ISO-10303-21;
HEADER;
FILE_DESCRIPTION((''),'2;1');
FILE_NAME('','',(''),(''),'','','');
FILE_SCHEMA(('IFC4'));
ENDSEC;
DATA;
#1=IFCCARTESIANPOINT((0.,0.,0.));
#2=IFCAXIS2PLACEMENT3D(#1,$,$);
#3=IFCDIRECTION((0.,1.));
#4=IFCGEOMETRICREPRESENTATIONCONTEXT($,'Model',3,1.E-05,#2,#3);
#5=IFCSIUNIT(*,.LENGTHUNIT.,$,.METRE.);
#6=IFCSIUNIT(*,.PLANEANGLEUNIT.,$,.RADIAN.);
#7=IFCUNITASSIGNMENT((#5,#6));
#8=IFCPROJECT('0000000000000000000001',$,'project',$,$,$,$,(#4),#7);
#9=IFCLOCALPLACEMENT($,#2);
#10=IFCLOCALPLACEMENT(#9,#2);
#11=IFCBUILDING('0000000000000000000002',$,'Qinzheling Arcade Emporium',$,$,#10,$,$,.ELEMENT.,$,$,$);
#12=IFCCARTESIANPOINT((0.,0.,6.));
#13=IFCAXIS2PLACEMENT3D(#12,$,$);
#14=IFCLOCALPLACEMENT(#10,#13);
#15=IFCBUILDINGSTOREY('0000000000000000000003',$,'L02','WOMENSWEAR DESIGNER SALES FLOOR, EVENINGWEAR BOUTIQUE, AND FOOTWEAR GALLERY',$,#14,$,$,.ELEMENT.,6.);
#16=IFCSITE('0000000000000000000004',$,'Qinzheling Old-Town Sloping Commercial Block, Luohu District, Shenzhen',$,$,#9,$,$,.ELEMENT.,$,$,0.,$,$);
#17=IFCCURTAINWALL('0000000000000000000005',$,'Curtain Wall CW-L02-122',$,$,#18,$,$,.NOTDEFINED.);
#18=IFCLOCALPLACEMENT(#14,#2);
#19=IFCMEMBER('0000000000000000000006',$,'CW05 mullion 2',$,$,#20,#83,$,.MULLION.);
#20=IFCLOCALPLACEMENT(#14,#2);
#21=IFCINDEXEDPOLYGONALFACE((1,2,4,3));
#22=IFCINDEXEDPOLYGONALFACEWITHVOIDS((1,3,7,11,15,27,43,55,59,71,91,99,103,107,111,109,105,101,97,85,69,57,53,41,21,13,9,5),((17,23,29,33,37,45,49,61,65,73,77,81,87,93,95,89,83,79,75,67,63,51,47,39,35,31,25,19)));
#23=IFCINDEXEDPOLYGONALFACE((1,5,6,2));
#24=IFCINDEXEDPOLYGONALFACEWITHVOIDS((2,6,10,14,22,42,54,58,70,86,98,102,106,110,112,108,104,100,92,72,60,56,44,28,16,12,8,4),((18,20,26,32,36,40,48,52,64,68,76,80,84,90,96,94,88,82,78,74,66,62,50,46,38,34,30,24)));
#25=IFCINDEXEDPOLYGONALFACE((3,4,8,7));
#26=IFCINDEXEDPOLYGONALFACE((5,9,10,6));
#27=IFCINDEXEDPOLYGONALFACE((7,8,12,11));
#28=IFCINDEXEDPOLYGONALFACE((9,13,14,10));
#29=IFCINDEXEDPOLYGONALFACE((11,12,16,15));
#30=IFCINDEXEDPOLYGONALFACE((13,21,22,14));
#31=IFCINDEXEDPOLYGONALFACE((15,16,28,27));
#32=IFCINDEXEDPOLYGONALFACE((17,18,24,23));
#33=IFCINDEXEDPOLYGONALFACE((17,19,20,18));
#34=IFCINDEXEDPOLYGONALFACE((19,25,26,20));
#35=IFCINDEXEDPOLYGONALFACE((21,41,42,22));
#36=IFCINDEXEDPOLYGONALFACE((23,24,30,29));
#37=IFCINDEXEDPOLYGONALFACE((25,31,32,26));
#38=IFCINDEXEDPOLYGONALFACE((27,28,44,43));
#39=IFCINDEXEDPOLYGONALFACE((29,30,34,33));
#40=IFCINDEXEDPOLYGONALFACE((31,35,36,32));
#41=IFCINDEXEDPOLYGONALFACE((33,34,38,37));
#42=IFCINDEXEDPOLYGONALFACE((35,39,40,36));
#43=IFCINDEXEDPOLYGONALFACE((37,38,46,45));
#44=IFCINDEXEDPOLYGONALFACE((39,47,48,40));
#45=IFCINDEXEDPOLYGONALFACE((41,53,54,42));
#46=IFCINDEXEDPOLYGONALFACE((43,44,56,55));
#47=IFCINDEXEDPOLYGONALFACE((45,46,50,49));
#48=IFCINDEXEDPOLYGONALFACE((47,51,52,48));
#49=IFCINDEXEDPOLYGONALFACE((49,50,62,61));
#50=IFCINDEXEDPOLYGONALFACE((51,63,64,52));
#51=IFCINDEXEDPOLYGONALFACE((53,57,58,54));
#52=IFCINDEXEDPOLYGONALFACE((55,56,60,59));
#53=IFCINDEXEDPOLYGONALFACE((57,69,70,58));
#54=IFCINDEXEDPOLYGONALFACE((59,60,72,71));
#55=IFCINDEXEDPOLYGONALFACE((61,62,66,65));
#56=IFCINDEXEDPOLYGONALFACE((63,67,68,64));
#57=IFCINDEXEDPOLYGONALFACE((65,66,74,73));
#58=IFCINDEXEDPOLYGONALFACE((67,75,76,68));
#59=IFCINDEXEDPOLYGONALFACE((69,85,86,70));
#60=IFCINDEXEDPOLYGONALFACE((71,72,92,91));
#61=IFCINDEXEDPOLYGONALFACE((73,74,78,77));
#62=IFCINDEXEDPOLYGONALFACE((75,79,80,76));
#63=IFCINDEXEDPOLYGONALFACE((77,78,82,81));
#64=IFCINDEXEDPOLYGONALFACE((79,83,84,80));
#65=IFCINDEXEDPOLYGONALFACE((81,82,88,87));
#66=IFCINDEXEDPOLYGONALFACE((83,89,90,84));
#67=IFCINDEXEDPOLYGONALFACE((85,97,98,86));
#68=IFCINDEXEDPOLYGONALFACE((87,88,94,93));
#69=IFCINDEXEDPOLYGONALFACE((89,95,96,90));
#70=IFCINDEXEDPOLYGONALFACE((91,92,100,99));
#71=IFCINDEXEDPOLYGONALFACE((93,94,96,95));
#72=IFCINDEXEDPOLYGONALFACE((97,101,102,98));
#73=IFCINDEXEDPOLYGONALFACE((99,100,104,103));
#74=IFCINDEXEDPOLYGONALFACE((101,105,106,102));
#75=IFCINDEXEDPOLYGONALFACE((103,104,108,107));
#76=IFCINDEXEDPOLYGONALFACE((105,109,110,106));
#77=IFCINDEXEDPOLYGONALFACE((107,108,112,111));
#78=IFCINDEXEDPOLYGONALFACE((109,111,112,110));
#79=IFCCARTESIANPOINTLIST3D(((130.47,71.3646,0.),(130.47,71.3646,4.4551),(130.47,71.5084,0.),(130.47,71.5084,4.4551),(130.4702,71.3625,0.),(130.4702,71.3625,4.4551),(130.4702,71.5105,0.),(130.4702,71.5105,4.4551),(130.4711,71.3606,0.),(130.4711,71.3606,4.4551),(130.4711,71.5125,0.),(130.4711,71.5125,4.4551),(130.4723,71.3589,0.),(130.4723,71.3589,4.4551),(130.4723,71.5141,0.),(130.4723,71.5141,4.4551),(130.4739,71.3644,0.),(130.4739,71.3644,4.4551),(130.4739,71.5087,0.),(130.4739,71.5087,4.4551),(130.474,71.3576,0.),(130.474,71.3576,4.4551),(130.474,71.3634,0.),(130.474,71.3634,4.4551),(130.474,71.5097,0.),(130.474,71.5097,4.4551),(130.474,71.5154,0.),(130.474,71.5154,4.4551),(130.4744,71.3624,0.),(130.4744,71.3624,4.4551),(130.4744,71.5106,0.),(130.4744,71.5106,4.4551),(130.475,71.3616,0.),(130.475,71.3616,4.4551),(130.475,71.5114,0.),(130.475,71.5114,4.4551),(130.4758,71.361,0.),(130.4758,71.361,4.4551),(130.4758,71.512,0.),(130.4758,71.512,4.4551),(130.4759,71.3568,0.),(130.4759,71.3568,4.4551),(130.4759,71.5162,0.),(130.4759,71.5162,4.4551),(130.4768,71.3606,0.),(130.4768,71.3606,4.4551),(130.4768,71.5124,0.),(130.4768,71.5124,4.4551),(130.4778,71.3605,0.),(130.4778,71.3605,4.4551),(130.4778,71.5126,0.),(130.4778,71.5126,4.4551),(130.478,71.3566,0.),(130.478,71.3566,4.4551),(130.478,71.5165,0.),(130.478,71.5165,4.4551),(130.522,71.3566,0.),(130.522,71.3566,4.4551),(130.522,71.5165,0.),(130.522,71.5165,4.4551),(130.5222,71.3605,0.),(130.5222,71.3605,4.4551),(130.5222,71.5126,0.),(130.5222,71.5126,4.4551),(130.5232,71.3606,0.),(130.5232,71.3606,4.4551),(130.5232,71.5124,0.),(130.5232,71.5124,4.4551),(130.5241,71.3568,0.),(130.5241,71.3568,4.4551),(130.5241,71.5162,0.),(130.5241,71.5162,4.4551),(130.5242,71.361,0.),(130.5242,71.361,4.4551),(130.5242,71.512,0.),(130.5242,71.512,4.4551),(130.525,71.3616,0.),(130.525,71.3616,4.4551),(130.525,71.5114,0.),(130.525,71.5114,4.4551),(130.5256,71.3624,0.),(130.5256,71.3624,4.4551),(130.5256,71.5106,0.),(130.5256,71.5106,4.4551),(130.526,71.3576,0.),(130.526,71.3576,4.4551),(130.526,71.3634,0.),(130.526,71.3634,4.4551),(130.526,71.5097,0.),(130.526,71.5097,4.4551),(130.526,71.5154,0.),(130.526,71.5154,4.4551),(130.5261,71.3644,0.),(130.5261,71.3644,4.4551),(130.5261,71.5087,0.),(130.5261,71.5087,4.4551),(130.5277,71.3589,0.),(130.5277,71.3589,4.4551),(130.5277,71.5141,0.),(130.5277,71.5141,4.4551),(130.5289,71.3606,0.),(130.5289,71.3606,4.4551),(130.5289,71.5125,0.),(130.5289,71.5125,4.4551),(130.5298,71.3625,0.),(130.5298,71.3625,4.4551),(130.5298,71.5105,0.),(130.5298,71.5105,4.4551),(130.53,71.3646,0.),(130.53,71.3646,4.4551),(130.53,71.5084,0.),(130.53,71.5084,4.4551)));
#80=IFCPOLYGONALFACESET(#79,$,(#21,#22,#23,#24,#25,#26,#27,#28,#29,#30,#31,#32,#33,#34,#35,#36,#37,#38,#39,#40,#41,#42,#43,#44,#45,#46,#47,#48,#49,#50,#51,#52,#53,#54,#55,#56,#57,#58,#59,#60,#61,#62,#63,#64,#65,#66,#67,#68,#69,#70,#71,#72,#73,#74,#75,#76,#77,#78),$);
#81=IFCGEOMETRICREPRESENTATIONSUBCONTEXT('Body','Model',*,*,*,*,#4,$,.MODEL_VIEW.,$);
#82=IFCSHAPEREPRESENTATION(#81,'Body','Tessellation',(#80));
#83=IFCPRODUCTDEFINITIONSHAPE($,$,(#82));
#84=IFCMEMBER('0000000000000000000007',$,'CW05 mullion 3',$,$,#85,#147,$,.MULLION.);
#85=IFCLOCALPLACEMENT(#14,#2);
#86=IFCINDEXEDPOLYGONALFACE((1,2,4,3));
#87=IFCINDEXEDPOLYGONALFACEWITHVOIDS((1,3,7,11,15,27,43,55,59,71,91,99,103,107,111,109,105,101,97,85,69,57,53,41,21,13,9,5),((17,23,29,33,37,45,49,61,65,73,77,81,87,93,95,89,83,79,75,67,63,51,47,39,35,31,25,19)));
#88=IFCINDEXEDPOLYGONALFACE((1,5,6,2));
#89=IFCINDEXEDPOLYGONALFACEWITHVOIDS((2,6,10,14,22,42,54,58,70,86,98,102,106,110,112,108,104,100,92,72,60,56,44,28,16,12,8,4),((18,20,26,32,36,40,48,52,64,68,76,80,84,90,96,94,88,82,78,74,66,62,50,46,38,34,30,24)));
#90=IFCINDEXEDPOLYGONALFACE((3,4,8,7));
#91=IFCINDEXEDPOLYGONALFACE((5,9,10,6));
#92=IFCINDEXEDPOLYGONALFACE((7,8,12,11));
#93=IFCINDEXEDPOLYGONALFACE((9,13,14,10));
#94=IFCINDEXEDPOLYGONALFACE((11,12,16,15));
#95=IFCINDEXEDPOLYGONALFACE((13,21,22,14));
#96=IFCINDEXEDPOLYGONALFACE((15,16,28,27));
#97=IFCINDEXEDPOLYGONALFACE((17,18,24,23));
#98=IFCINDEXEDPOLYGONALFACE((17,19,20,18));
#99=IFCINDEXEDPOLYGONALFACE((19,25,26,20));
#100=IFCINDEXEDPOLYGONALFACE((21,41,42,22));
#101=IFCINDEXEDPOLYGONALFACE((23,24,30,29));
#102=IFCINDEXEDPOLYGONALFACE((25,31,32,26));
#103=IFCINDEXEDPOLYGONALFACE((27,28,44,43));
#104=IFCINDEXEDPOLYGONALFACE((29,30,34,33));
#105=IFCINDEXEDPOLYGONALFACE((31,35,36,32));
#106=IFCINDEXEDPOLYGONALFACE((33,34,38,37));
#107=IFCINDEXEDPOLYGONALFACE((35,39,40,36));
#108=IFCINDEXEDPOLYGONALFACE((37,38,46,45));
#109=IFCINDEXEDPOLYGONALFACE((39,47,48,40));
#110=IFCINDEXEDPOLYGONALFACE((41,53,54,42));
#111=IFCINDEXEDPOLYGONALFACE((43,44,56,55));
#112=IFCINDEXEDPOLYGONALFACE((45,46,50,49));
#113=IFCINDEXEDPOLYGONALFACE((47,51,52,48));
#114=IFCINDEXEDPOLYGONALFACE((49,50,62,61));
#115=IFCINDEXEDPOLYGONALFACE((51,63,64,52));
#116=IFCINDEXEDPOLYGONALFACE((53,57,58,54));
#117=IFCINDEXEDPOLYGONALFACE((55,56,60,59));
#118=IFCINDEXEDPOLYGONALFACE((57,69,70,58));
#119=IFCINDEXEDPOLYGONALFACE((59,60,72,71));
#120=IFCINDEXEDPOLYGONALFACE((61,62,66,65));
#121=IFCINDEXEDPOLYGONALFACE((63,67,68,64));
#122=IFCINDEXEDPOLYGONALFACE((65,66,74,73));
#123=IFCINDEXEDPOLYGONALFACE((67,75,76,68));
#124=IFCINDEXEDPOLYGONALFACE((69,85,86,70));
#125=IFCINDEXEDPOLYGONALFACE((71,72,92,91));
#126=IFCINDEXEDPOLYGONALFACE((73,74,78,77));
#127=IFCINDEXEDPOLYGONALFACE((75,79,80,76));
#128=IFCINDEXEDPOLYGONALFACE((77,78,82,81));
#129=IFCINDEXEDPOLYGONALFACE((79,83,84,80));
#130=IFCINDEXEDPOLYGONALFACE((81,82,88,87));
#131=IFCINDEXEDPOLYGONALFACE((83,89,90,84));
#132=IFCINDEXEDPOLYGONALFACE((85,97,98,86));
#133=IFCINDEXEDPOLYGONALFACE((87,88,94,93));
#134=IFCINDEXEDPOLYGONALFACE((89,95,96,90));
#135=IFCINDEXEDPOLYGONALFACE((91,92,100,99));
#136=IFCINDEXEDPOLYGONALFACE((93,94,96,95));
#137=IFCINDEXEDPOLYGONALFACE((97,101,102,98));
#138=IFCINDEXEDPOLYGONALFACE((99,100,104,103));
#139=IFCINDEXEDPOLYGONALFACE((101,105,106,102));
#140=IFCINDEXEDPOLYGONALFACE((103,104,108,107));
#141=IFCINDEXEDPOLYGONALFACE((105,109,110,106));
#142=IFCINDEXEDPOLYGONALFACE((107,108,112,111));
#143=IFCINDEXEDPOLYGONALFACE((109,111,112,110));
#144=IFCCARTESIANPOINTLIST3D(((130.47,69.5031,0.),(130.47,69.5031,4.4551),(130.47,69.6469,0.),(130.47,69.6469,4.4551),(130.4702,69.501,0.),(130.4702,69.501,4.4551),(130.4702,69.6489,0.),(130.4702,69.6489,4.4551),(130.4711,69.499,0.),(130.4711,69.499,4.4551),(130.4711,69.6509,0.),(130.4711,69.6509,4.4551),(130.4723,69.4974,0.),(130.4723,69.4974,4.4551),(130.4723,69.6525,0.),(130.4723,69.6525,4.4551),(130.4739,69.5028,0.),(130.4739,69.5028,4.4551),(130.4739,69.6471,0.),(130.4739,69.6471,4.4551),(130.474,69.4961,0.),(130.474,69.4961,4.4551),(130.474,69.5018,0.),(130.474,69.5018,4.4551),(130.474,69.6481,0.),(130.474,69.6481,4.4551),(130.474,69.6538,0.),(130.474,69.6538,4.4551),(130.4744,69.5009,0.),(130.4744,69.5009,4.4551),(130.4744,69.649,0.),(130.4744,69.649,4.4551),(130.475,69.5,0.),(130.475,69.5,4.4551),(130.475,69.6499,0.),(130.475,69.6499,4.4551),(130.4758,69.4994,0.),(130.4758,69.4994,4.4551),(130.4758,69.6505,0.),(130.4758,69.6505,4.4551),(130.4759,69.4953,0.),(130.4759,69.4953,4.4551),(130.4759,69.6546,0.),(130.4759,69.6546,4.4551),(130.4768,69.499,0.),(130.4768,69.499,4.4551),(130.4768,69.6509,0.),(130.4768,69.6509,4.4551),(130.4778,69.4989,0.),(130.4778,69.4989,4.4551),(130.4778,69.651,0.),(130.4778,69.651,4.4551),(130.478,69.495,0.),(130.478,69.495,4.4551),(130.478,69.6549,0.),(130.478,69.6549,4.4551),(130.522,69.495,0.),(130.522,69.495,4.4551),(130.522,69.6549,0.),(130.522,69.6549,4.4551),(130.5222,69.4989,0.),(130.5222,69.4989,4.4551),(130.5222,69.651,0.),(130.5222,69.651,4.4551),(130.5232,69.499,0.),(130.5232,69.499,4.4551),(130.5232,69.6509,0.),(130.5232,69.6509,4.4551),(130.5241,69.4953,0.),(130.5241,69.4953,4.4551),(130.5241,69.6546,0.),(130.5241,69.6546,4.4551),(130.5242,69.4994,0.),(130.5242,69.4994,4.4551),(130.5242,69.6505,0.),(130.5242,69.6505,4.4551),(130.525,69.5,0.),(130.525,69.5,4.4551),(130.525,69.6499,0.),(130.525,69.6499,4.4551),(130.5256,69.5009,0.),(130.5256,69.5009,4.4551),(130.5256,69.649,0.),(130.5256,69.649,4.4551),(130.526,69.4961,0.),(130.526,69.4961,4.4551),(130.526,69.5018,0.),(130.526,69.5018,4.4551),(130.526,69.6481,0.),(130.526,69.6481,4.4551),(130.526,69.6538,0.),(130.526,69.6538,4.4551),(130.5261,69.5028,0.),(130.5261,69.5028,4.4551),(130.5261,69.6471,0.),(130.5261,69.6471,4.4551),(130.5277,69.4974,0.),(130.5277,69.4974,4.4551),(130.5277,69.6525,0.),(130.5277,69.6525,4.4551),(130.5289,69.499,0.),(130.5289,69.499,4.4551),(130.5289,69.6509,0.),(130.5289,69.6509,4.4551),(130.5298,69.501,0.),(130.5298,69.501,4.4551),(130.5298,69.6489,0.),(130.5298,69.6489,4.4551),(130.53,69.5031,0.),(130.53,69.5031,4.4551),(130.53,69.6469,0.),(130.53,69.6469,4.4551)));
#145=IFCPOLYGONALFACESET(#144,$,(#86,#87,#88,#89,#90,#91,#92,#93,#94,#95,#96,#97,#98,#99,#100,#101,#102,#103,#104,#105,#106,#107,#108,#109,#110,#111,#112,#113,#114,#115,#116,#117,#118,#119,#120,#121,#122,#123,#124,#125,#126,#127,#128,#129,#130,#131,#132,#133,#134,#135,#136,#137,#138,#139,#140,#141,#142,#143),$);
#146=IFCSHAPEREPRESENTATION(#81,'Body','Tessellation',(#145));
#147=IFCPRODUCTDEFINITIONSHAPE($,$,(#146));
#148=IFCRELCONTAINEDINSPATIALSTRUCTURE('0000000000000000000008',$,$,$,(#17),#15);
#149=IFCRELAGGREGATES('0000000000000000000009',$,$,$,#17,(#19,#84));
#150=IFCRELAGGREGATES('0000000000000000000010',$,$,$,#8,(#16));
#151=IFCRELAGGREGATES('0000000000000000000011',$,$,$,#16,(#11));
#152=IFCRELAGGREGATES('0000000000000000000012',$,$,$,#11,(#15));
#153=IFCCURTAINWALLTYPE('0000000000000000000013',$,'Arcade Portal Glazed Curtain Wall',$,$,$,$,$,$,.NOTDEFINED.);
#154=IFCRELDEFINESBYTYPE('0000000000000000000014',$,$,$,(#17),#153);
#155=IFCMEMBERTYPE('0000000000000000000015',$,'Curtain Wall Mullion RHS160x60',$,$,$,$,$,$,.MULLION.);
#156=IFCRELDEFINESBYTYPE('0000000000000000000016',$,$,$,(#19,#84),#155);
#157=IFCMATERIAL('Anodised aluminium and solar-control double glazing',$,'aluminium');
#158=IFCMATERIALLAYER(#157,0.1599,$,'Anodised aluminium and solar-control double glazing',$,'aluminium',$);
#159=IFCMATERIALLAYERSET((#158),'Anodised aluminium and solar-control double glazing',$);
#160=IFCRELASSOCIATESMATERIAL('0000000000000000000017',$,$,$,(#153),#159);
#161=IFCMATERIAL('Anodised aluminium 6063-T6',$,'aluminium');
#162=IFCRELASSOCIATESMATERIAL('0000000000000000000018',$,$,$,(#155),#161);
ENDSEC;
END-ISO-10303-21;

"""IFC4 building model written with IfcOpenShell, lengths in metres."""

from ifc_helpers import new_model, si_unit, direction, frame, origin, origin_2d, place, context, subcontext, project, spatial, hollow_rectangle, extrude, material, layer, layer_set, material_profile, profile_set, type_object, element, aggregate, save


model = new_model("IFC4")

# Units and contexts
model_context = context("Model", 3, precision=1e-05, world=origin(), true_north=direction((0.0, 1.0)))
body_context = subcontext(model_context, "Body", "Model", "MODEL_VIEW")
ifc_project = project(units=[si_unit("LENGTHUNIT", "METRE"), si_unit("PLANEANGLEUNIT", "RADIAN")], contexts=[model_context])

# Site, building, storey
site_placement = place(None, origin())
site = spatial("IfcSite", under=ifc_project, at=site_placement, Name="Qinzheling Old-Town Sloping Commercial Block, Luohu District, Shenzhen", CompositionType="ELEMENT", RefElevation=0.0)
building_placement = place(site_placement, origin())
building = spatial("IfcBuilding", under=site, at=building_placement, Name="Qinzheling Arcade Emporium", CompositionType="ELEMENT")
storey_placement = place(building_placement, frame((0.0, 0.0, 6.0)))
storey = spatial("IfcBuildingStorey", under=building, at=storey_placement, Name="L02", Description="WOMENSWEAR DESIGNER SALES FLOOR, EVENINGWEAR BOUTIQUE, AND FOOTWEAR GALLERY", CompositionType="ELEMENT", Elevation=6.0)

# Curtain wall, members
ifc_material_1 = material(Name="Anodised aluminium and solar-control double glazing", Category="aluminium")
ifc_layer_1 = layer(ifc_material_1, 0.1599, Name="Anodised aluminium and solar-control double glazing", Category="aluminium")
ifc_layer_set_1 = layer_set([ifc_layer_1], Name="Anodised aluminium and solar-control double glazing")
curtain_wall_type = type_object("IfcCurtainWallType", Name="Arcade Portal Glazed Curtain Wall", PredefinedType="NOTDEFINED", material=ifc_layer_set_1)
curtain_wall_placement = place(storey_placement, origin())
curtain_wall = element("IfcCurtainWall", 1, at=curtain_wall_placement, inside=storey, type_object=curtain_wall_type, Name="Curtain Wall CW-L02-122", PredefinedType="NOTDEFINED")
ifc_material_2 = material(Name="Anodised aluminium 6063-T6", Category="aluminium")
ifc_material_profile_1 = material_profile(ifc_material_2, hollow_rectangle(XDim=0.0601, YDim=0.1599, WallThickness=0.0039, InnerFilletRadius=0.0039, OuterFilletRadius=0.0081, at=origin_2d()), Name="RHS 160x60x4", Category="aluminium")
ifc_profile_set_1 = profile_set([ifc_material_profile_1], Name="Anodised aluminium 6063-T6")
member_type_1 = type_object("IfcMemberType", Name="Curtain Wall Mullion RHS160x60", PredefinedType="MULLION", material=ifc_profile_set_1)
member_1_placement = place(storey_placement, frame((130.5, 71.4365, 0.0), z_axis=(0.0, 0.0, 1.0), x_axis=(1.0, 0.0, 0.0)))
member_1 = element("IfcMember", 2, at=member_1_placement, type_object=member_type_1, Name="CW05 mullion 2", PredefinedType="MULLION", context=body_context, shape_type="SweptSolid", body=[
    extrude(hollow_rectangle(XDim=0.0601, YDim=0.1599, WallThickness=0.0039, InnerFilletRadius=0.0039, OuterFilletRadius=0.0081, at=origin_2d()), origin(), (0.0, 0.0, 1.0), 4.4551),
])
member_2_placement = place(storey_placement, frame((130.5, 69.575, 0.0), z_axis=(0.0, 0.0, 1.0), x_axis=(1.0, 0.0, 0.0)))
member_2 = element("IfcMember", 3, at=member_2_placement, type_object=member_type_1, Name="CW05 mullion 3", PredefinedType="MULLION", context=body_context, shape_type="SweptSolid", body=[
    extrude(hollow_rectangle(XDim=0.0601, YDim=0.1599, WallThickness=0.0039, InnerFilletRadius=0.0039, OuterFilletRadius=0.0081, at=origin_2d()), origin(), (0.0, 0.0, 1.0), 4.4551),
])
aggregate(curtain_wall, [member_1, member_2])

save(model, "model.ifc")
